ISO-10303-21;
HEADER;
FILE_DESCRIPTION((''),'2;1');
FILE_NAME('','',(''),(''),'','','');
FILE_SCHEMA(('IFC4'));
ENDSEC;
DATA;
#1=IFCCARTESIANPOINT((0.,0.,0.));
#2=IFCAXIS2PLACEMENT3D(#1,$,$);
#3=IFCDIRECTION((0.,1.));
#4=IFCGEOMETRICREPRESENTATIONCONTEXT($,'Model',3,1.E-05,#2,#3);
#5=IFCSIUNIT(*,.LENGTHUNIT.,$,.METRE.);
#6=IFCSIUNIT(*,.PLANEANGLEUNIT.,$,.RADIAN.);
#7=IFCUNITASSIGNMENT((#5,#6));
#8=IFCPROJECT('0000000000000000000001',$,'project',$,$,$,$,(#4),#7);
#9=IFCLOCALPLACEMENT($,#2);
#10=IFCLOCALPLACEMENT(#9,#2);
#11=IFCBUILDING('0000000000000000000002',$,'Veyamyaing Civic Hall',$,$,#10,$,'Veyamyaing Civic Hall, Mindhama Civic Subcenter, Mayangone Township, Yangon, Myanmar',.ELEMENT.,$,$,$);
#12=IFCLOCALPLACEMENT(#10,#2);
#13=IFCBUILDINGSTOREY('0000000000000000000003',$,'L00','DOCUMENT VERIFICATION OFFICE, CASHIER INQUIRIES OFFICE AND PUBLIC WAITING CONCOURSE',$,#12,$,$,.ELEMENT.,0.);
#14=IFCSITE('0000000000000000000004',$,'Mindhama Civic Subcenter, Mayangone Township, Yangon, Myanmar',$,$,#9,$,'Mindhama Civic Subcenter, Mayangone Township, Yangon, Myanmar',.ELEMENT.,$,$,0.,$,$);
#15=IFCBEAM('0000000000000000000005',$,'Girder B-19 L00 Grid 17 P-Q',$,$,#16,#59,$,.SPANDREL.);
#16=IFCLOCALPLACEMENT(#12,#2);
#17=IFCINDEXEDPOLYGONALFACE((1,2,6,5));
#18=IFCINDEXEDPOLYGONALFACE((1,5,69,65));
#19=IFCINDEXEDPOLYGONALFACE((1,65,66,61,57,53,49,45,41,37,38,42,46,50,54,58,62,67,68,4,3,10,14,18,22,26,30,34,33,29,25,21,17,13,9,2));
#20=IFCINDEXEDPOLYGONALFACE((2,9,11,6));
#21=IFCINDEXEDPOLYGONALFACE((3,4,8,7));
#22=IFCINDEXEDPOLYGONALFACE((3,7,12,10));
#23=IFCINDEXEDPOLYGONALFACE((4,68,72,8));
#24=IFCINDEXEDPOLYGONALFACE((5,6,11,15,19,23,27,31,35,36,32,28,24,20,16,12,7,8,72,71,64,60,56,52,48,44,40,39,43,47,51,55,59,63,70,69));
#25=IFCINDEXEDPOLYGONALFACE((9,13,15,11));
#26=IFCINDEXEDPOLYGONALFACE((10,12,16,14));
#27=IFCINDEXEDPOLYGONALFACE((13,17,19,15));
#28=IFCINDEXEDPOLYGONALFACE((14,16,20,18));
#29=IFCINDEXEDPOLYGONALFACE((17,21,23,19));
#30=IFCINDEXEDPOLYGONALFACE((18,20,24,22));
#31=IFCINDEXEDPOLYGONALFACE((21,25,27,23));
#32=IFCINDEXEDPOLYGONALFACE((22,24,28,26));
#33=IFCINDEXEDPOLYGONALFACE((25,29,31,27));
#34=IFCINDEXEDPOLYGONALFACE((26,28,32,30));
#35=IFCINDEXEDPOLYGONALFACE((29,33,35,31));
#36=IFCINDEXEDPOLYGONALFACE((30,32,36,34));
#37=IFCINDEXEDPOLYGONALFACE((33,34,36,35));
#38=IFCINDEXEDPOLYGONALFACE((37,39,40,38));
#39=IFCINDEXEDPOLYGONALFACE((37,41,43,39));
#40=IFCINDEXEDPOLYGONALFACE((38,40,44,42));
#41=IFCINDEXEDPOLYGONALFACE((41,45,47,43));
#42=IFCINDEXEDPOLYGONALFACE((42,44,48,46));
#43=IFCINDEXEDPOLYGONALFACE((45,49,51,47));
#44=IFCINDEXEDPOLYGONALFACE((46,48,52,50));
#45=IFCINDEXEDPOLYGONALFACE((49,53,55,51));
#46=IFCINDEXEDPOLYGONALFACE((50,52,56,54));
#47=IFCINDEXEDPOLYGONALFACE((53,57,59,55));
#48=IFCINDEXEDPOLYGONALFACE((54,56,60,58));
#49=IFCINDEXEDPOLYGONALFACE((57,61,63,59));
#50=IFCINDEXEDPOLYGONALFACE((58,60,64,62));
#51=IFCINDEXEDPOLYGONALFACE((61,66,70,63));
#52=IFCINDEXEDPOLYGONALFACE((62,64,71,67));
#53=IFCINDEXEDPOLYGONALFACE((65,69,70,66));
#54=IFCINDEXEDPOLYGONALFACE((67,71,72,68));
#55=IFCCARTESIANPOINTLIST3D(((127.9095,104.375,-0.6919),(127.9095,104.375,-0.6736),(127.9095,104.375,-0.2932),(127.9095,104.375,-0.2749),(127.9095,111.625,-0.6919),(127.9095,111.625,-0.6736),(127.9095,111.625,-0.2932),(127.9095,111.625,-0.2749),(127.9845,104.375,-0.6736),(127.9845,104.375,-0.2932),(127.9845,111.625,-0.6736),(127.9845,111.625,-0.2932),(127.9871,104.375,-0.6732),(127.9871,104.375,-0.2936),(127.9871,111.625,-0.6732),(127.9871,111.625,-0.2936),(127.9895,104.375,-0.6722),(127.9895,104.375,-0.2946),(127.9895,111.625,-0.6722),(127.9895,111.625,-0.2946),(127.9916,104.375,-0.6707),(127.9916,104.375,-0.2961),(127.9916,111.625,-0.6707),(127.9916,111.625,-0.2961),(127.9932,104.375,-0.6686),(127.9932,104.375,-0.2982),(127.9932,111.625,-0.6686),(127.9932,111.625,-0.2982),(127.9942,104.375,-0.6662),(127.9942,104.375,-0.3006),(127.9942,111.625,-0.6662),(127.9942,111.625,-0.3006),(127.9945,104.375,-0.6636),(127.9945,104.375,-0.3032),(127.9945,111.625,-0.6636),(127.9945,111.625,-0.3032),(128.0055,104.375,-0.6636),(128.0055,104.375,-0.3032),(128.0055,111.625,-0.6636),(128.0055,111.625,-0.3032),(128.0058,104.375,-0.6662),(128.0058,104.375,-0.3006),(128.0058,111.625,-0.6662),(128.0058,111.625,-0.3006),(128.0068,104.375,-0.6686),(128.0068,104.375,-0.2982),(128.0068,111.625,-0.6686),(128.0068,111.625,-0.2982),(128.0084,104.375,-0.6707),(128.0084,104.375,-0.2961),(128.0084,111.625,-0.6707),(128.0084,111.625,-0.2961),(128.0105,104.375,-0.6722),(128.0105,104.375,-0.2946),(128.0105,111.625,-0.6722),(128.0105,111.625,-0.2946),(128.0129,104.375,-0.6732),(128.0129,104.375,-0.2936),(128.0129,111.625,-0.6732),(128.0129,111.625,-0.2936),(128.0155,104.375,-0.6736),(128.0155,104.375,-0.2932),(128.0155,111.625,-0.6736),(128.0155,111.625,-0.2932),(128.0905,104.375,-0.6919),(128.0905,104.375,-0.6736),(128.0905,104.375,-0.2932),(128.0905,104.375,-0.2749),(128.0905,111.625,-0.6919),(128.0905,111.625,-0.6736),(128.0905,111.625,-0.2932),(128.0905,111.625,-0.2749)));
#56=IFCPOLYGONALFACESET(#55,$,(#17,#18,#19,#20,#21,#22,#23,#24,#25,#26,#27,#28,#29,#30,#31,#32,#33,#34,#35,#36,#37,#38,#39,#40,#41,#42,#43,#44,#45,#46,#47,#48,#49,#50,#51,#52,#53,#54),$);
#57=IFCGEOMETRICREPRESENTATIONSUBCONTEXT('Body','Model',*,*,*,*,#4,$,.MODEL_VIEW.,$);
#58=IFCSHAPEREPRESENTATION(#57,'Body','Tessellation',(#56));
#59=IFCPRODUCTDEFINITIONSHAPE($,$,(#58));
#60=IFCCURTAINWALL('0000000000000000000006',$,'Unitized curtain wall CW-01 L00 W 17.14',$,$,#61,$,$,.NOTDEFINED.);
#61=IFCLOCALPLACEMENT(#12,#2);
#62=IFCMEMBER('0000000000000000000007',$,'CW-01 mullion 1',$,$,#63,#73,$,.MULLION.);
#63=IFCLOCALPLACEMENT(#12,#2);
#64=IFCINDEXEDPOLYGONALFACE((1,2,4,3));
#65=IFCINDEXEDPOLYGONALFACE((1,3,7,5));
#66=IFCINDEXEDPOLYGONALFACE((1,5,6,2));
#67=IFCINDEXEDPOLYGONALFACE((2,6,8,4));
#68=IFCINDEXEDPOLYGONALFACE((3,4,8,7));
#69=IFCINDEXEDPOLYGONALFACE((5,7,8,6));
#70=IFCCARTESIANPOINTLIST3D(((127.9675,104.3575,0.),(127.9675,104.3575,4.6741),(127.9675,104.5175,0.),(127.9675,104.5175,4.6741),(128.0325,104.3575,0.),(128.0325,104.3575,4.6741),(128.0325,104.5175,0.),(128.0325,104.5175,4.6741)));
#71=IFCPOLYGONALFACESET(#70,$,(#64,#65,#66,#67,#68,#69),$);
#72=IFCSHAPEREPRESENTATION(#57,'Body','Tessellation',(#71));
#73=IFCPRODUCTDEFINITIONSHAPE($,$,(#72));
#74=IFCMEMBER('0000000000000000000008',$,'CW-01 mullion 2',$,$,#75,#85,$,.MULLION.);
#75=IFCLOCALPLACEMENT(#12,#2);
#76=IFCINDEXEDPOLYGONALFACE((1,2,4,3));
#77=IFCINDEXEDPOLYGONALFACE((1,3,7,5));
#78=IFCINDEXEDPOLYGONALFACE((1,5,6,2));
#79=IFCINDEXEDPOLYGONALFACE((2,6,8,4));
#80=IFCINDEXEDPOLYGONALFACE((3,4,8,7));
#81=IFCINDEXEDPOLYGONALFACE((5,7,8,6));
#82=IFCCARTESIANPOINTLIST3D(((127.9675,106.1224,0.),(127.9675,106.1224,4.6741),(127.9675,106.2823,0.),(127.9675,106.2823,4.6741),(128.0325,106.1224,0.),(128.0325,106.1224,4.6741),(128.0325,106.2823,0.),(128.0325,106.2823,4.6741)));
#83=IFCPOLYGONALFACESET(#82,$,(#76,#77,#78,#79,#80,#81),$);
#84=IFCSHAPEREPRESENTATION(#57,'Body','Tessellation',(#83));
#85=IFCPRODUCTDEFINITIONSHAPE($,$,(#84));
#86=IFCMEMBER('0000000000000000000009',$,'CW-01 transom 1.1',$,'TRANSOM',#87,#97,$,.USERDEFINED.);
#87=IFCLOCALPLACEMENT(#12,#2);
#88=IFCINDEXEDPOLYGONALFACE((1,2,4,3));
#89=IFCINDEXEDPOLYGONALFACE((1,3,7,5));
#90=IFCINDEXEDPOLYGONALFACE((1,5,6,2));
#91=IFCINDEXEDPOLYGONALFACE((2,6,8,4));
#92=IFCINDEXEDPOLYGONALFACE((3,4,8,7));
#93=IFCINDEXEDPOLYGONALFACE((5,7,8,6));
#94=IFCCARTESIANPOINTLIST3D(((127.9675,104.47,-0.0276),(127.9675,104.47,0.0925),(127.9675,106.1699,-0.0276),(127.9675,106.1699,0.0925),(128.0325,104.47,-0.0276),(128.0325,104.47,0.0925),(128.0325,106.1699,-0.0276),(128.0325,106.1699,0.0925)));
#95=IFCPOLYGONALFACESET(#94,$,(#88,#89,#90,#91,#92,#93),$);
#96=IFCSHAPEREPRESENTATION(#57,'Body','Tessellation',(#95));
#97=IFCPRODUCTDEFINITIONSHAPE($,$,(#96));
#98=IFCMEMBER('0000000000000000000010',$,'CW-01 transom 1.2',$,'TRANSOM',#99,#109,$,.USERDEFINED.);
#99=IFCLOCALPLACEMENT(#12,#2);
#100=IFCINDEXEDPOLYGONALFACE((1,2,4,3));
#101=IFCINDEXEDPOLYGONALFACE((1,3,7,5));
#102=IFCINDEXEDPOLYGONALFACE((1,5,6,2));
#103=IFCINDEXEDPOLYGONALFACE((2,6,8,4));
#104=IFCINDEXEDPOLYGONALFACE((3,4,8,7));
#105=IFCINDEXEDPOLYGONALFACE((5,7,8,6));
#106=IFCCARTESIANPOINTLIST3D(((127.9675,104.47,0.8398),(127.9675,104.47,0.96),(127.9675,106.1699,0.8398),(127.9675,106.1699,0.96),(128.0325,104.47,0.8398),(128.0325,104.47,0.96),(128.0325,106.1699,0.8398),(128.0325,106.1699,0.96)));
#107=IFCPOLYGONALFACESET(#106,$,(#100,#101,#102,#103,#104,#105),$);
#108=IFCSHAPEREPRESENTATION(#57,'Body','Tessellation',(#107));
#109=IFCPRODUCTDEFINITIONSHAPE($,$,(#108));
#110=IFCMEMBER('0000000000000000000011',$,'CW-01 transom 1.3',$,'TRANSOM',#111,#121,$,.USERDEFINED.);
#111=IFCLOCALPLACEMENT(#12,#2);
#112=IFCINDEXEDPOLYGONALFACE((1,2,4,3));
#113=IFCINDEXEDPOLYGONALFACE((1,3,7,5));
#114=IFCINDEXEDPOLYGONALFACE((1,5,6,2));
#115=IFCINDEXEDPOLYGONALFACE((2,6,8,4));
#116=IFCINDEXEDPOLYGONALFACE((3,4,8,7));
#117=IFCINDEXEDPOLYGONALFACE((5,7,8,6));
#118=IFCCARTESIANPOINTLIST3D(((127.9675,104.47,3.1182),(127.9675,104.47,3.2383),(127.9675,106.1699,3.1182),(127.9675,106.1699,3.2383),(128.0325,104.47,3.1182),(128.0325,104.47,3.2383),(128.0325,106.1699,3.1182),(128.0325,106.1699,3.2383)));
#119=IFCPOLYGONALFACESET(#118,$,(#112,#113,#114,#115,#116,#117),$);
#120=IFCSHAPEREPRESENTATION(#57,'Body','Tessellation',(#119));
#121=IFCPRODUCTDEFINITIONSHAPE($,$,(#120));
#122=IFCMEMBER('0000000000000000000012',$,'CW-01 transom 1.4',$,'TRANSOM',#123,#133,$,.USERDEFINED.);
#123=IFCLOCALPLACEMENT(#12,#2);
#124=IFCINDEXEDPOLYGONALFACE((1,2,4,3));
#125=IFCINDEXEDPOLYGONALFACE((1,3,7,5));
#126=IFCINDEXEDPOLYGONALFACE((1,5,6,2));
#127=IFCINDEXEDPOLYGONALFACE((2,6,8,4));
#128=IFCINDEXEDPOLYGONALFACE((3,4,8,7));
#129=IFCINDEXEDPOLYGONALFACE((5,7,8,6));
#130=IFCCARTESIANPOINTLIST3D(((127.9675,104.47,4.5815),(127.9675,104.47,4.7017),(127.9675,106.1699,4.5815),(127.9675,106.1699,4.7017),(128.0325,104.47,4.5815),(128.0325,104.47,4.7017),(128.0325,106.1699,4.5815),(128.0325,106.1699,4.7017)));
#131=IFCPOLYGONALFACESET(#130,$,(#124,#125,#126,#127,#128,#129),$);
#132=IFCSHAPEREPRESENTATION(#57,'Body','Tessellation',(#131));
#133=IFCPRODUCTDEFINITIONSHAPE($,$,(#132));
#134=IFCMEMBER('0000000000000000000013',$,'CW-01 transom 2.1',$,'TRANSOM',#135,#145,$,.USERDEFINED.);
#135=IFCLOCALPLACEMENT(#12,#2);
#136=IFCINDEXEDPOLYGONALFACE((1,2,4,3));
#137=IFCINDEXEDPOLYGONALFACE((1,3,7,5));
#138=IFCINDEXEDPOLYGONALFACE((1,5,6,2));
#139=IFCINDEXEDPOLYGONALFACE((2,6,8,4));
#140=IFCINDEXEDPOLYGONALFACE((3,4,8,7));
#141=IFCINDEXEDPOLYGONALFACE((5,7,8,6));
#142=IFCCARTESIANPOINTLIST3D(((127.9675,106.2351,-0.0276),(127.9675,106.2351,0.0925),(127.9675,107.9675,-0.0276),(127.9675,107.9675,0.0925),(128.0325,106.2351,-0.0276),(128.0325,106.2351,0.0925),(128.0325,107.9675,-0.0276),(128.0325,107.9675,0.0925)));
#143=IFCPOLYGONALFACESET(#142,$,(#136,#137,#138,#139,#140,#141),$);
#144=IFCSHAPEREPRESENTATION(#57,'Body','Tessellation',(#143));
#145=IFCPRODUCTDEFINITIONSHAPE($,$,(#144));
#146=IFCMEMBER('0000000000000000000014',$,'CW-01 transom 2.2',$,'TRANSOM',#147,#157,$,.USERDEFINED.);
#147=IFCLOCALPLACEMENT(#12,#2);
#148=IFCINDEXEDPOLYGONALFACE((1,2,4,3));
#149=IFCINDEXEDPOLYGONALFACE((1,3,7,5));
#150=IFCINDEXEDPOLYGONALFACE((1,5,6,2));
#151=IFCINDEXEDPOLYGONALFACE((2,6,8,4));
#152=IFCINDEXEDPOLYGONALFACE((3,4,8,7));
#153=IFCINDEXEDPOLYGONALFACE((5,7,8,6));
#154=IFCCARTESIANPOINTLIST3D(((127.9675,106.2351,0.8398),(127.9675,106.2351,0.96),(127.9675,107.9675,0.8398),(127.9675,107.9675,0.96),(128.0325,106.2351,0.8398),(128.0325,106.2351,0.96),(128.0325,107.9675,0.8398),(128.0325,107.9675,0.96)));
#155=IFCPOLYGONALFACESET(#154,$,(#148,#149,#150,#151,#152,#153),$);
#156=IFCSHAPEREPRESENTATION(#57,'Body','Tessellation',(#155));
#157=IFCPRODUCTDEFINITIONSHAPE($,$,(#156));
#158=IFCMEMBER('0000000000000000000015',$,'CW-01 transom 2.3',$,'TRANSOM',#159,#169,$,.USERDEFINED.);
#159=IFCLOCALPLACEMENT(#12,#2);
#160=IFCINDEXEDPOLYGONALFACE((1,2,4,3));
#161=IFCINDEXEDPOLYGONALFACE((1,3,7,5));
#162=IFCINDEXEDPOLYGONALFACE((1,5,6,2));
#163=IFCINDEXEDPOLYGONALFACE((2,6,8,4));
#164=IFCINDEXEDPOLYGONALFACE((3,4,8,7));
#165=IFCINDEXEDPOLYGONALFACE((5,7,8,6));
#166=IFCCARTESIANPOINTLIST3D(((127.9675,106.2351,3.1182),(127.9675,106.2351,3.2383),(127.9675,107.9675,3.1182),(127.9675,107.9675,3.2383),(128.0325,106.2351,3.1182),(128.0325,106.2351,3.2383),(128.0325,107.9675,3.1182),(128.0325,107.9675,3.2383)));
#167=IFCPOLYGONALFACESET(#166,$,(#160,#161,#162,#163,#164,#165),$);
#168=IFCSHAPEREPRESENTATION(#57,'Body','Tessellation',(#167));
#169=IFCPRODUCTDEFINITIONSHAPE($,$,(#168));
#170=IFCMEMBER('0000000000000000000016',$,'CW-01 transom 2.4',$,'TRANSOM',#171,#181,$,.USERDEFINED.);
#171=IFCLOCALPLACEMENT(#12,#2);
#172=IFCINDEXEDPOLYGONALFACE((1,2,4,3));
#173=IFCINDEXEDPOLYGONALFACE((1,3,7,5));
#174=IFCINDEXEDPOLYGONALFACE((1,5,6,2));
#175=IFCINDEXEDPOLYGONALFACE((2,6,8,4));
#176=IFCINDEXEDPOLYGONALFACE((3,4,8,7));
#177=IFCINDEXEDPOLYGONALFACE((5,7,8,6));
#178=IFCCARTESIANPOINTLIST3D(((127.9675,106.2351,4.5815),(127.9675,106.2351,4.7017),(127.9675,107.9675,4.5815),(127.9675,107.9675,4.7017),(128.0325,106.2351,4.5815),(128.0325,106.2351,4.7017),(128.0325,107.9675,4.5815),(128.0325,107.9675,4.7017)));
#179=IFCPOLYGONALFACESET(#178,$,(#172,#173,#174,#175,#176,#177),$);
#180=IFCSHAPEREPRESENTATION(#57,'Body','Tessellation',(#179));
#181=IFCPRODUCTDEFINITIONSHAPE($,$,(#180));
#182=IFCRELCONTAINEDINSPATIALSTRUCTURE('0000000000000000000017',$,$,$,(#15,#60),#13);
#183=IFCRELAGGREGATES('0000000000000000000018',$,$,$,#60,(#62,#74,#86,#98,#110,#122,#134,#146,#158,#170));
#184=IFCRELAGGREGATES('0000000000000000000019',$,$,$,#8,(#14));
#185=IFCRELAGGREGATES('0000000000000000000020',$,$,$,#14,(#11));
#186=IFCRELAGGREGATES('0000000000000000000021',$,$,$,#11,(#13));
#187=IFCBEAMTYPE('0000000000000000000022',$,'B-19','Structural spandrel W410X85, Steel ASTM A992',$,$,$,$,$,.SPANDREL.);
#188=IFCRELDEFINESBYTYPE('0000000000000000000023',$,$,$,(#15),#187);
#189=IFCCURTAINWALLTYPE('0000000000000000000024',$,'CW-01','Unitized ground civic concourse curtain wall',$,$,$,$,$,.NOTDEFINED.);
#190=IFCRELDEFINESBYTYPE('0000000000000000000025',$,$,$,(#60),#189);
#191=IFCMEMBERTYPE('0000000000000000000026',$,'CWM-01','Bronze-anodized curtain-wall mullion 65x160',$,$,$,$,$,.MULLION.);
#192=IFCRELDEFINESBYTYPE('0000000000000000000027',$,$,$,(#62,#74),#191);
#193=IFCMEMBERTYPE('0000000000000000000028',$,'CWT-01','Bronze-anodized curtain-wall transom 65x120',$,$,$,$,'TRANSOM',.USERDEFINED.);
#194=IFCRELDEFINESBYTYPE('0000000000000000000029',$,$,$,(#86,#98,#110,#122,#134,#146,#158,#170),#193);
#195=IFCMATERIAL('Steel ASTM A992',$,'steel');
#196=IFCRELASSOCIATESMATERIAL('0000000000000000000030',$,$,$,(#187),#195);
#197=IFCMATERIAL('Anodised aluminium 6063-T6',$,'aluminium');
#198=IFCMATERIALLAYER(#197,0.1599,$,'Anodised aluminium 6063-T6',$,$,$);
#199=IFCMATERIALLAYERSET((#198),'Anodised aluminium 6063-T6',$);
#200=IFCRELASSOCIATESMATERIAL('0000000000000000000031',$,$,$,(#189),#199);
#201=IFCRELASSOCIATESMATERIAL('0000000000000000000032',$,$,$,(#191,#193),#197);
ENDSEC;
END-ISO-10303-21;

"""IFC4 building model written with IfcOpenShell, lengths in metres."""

from ifc_helpers import new_model, si_unit, direction, frame, origin, origin_2d, place, context, subcontext, project, spatial, rectangle, i_section, extrude, material, layer, layer_set, material_profile, profile_set, type_object, element, aggregate, save


model = new_model("IFC4")

# Units and contexts
model_context = context("Model", 3, precision=1e-05, world=origin(), true_north=direction((0.0, 1.0)))
body_context = subcontext(model_context, "Body", "Model", "MODEL_VIEW")
ifc_project = project(units=[si_unit("LENGTHUNIT", "METRE"), si_unit("PLANEANGLEUNIT", "RADIAN")], contexts=[model_context])

# Site, building, storey
site_placement = place(None, origin())
site = spatial("IfcSite", under=ifc_project, at=site_placement, Name="Mindhama Civic Subcenter, Mayangone Township, Yangon, Myanmar", LongName="Mindhama Civic Subcenter, Mayangone Township, Yangon, Myanmar", CompositionType="ELEMENT", RefElevation=0.0)
building_placement = place(site_placement, origin())
building = spatial("IfcBuilding", under=site, at=building_placement, Name="Veyamyaing Civic Hall", LongName="Veyamyaing Civic Hall, Mindhama Civic Subcenter, Mayangone Township, Yangon, Myanmar", CompositionType="ELEMENT")
storey_placement = place(building_placement, origin())
storey = spatial("IfcBuildingStorey", under=building, at=storey_placement, Name="L00", Description="DOCUMENT VERIFICATION OFFICE, CASHIER INQUIRIES OFFICE AND PUBLIC WAITING CONCOURSE", CompositionType="ELEMENT", Elevation=0.0)

# Beam
ifc_material_1 = material(Name="Steel ASTM A992", Category="steel")
ifc_material_profile_1 = material_profile(ifc_material_1, i_section(OverallWidth=0.1809, OverallDepth=0.417, WebThickness=0.011, FlangeThickness=0.0183, FilletRadius=0.01, at=origin_2d()), Name="W410X85")
ifc_profile_set_1 = profile_set([ifc_material_profile_1], Name="Steel ASTM A992")
beam_type_1 = type_object("IfcBeamType", Name="B-19", Description="Structural spandrel W410X85, Steel ASTM A992", PredefinedType="SPANDREL", material=ifc_profile_set_1)
beam_1_placement = place(storey_placement, frame((128.0, 104.375, -0.4834), z_axis=(0.0, 1.0, 0.0), x_axis=(-1.0, 0.0, 0.0)))
element("IfcBeam", 1, at=beam_1_placement, inside=storey, type_object=beam_type_1, Name="Girder B-19 L00 Grid 17 P-Q", PredefinedType="SPANDREL", context=body_context, shape_type="SweptSolid", body=[
    extrude(i_section(OverallWidth=0.1809, OverallDepth=0.417, WebThickness=0.011, FlangeThickness=0.0183, FilletRadius=0.01, at=origin_2d()), origin(), (0.0, 0.0, 1.0), 7.25),
])

# Curtain wall, members
ifc_material_2 = material(Name="Anodised aluminium 6063-T6", Category="aluminium")
ifc_layer_1 = layer(ifc_material_2, 0.1599, Name="Anodised aluminium 6063-T6")
ifc_layer_set_1 = layer_set([ifc_layer_1], Name="Anodised aluminium 6063-T6")
curtain_wall_type = type_object("IfcCurtainWallType", Name="CW-01", Description="Unitized ground civic concourse curtain wall", PredefinedType="NOTDEFINED", material=ifc_layer_set_1)
curtain_wall_placement = place(storey_placement, origin())
curtain_wall = element("IfcCurtainWall", 2, at=curtain_wall_placement, inside=storey, type_object=curtain_wall_type, Name="Unitized curtain wall CW-01 L00 W 17.14", PredefinedType="NOTDEFINED")
ifc_material_profile_2 = material_profile(ifc_material_2, rectangle(XDim=0.0649, YDim=0.1599, at=origin_2d()), Name="ALU-MUL-65X160")
ifc_profile_set_2 = profile_set([ifc_material_profile_2], Name="Anodised aluminium 6063-T6")
member_type_1 = type_object("IfcMemberType", Name="CWM-01", Description="Bronze-anodized curtain-wall mullion 65x160", PredefinedType="MULLION", material=ifc_profile_set_2)
member_1_placement = place(storey_placement, frame((128.0, 104.4375, 0.0), z_axis=(0.0, 0.0, 1.0), x_axis=(-1.0, 0.0, 0.0)))
member_1 = element("IfcMember", 3, at=member_1_placement, type_object=member_type_1, Name="CW-01 mullion 1", PredefinedType="MULLION", context=body_context, shape_type="SweptSolid", body=[
    extrude(rectangle(XDim=0.0649, YDim=0.1599, at=origin_2d()), origin(), (0.0, 0.0, 1.0), 4.6741),
])
member_2_placement = place(storey_placement, frame((128.0, 106.2024, 0.0), z_axis=(0.0, 0.0, 1.0), x_axis=(-1.0, 0.0, 0.0)))
member_2 = element("IfcMember", 4, at=member_2_placement, type_object=member_type_1, Name="CW-01 mullion 2", PredefinedType="MULLION", context=body_context, shape_type="SweptSolid", body=[
    extrude(rectangle(XDim=0.0649, YDim=0.1599, at=origin_2d()), origin(), (0.0, 0.0, 1.0), 4.6741),
])
ifc_material_profile_3 = material_profile(ifc_material_2, rectangle(XDim=0.0649, YDim=0.1201, at=origin_2d()), Name="ALU-TRN-65X120")
ifc_profile_set_3 = profile_set([ifc_material_profile_3], Name="Anodised aluminium 6063-T6")
member_type_2 = type_object("IfcMemberType", Name="CWT-01", Description="Bronze-anodized curtain-wall transom 65x120", ElementType="TRANSOM", PredefinedType="USERDEFINED", material=ifc_profile_set_3)
member_3_placement = place(storey_placement, frame((128.0, 104.47, 0.0325), z_axis=(0.0, 1.0, 0.0), x_axis=(-1.0, 0.0, 0.0)))
member_3 = element("IfcMember", 5, at=member_3_placement, type_object=member_type_2, Name="CW-01 transom 1.1", ObjectType="TRANSOM", PredefinedType="USERDEFINED", context=body_context, shape_type="SweptSolid", body=[
    extrude(rectangle(XDim=0.0649, YDim=0.1201, at=origin_2d()), origin(), (0.0, 0.0, 1.0), 1.7),
])
member_4_placement = place(storey_placement, frame((128.0, 104.47, 0.8999), z_axis=(0.0, 1.0, 0.0), x_axis=(-1.0, 0.0, 0.0)))
member_4 = element("IfcMember", 6, at=member_4_placement, type_object=member_type_2, Name="CW-01 transom 1.2", ObjectType="TRANSOM", PredefinedType="USERDEFINED", context=body_context, shape_type="SweptSolid", body=[
    extrude(rectangle(XDim=0.0649, YDim=0.1201, at=origin_2d()), origin(), (0.0, 0.0, 1.0), 1.7),
])
member_5_placement = place(storey_placement, frame((128.0, 104.47, 3.1782), z_axis=(0.0, 1.0, 0.0), x_axis=(-1.0, 0.0, 0.0)))
member_5 = element("IfcMember", 7, at=member_5_placement, type_object=member_type_2, Name="CW-01 transom 1.3", ObjectType="TRANSOM", PredefinedType="USERDEFINED", context=body_context, shape_type="SweptSolid", body=[
    extrude(rectangle(XDim=0.0649, YDim=0.1201, at=origin_2d()), origin(), (0.0, 0.0, 1.0), 1.7),
])
member_6_placement = place(storey_placement, frame((128.0, 104.47, 4.6416), z_axis=(0.0, 1.0, 0.0), x_axis=(-1.0, 0.0, 0.0)))
member_6 = element("IfcMember", 8, at=member_6_placement, type_object=member_type_2, Name="CW-01 transom 1.4", ObjectType="TRANSOM", PredefinedType="USERDEFINED", context=body_context, shape_type="SweptSolid", body=[
    extrude(rectangle(XDim=0.0649, YDim=0.1201, at=origin_2d()), origin(), (0.0, 0.0, 1.0), 1.7),
])
member_7_placement = place(storey_placement, frame((128.0, 106.2351, 0.0325), z_axis=(0.0, 1.0, 0.0), x_axis=(-1.0, 0.0, 0.0)))
member_7 = element("IfcMember", 9, at=member_7_placement, type_object=member_type_2, Name="CW-01 transom 2.1", ObjectType="TRANSOM", PredefinedType="USERDEFINED", context=body_context, shape_type="SweptSolid", body=[
    extrude(rectangle(XDim=0.0649, YDim=0.1201, at=origin_2d()), origin(), (0.0, 0.0, 1.0), 1.7324),
])
member_8_placement = place(storey_placement, frame((128.0, 106.2351, 0.8999), z_axis=(0.0, 1.0, 0.0), x_axis=(-1.0, 0.0, 0.0)))
member_8 = element("IfcMember", 10, at=member_8_placement, type_object=member_type_2, Name="CW-01 transom 2.2", ObjectType="TRANSOM", PredefinedType="USERDEFINED", context=body_context, shape_type="SweptSolid", body=[
    extrude(rectangle(XDim=0.0649, YDim=0.1201, at=origin_2d()), origin(), (0.0, 0.0, 1.0), 1.7324),
])
member_9_placement = place(storey_placement, frame((128.0, 106.2351, 3.1782), z_axis=(0.0, 1.0, 0.0), x_axis=(-1.0, 0.0, 0.0)))
member_9 = element("IfcMember", 11, at=member_9_placement, type_object=member_type_2, Name="CW-01 transom 2.3", ObjectType="TRANSOM", PredefinedType="USERDEFINED", context=body_context, shape_type="SweptSolid", body=[
    extrude(rectangle(XDim=0.0649, YDim=0.1201, at=origin_2d()), origin(), (0.0, 0.0, 1.0), 1.7324),
])
member_10_placement = place(storey_placement, frame((128.0, 106.2351, 4.6416), z_axis=(0.0, 1.0, 0.0), x_axis=(-1.0, 0.0, 0.0)))
member_10 = element("IfcMember", 12, at=member_10_placement, type_object=member_type_2, Name="CW-01 transom 2.4", ObjectType="TRANSOM", PredefinedType="USERDEFINED", context=body_context, shape_type="SweptSolid", body=[
    extrude(rectangle(XDim=0.0649, YDim=0.1201, at=origin_2d()), origin(), (0.0, 0.0, 1.0), 1.7324),
])

aggregate(curtain_wall, [member_1, member_2, member_3, member_4, member_5, member_6, member_7, member_8, member_9, member_10])

save(model, "model.ifc")
